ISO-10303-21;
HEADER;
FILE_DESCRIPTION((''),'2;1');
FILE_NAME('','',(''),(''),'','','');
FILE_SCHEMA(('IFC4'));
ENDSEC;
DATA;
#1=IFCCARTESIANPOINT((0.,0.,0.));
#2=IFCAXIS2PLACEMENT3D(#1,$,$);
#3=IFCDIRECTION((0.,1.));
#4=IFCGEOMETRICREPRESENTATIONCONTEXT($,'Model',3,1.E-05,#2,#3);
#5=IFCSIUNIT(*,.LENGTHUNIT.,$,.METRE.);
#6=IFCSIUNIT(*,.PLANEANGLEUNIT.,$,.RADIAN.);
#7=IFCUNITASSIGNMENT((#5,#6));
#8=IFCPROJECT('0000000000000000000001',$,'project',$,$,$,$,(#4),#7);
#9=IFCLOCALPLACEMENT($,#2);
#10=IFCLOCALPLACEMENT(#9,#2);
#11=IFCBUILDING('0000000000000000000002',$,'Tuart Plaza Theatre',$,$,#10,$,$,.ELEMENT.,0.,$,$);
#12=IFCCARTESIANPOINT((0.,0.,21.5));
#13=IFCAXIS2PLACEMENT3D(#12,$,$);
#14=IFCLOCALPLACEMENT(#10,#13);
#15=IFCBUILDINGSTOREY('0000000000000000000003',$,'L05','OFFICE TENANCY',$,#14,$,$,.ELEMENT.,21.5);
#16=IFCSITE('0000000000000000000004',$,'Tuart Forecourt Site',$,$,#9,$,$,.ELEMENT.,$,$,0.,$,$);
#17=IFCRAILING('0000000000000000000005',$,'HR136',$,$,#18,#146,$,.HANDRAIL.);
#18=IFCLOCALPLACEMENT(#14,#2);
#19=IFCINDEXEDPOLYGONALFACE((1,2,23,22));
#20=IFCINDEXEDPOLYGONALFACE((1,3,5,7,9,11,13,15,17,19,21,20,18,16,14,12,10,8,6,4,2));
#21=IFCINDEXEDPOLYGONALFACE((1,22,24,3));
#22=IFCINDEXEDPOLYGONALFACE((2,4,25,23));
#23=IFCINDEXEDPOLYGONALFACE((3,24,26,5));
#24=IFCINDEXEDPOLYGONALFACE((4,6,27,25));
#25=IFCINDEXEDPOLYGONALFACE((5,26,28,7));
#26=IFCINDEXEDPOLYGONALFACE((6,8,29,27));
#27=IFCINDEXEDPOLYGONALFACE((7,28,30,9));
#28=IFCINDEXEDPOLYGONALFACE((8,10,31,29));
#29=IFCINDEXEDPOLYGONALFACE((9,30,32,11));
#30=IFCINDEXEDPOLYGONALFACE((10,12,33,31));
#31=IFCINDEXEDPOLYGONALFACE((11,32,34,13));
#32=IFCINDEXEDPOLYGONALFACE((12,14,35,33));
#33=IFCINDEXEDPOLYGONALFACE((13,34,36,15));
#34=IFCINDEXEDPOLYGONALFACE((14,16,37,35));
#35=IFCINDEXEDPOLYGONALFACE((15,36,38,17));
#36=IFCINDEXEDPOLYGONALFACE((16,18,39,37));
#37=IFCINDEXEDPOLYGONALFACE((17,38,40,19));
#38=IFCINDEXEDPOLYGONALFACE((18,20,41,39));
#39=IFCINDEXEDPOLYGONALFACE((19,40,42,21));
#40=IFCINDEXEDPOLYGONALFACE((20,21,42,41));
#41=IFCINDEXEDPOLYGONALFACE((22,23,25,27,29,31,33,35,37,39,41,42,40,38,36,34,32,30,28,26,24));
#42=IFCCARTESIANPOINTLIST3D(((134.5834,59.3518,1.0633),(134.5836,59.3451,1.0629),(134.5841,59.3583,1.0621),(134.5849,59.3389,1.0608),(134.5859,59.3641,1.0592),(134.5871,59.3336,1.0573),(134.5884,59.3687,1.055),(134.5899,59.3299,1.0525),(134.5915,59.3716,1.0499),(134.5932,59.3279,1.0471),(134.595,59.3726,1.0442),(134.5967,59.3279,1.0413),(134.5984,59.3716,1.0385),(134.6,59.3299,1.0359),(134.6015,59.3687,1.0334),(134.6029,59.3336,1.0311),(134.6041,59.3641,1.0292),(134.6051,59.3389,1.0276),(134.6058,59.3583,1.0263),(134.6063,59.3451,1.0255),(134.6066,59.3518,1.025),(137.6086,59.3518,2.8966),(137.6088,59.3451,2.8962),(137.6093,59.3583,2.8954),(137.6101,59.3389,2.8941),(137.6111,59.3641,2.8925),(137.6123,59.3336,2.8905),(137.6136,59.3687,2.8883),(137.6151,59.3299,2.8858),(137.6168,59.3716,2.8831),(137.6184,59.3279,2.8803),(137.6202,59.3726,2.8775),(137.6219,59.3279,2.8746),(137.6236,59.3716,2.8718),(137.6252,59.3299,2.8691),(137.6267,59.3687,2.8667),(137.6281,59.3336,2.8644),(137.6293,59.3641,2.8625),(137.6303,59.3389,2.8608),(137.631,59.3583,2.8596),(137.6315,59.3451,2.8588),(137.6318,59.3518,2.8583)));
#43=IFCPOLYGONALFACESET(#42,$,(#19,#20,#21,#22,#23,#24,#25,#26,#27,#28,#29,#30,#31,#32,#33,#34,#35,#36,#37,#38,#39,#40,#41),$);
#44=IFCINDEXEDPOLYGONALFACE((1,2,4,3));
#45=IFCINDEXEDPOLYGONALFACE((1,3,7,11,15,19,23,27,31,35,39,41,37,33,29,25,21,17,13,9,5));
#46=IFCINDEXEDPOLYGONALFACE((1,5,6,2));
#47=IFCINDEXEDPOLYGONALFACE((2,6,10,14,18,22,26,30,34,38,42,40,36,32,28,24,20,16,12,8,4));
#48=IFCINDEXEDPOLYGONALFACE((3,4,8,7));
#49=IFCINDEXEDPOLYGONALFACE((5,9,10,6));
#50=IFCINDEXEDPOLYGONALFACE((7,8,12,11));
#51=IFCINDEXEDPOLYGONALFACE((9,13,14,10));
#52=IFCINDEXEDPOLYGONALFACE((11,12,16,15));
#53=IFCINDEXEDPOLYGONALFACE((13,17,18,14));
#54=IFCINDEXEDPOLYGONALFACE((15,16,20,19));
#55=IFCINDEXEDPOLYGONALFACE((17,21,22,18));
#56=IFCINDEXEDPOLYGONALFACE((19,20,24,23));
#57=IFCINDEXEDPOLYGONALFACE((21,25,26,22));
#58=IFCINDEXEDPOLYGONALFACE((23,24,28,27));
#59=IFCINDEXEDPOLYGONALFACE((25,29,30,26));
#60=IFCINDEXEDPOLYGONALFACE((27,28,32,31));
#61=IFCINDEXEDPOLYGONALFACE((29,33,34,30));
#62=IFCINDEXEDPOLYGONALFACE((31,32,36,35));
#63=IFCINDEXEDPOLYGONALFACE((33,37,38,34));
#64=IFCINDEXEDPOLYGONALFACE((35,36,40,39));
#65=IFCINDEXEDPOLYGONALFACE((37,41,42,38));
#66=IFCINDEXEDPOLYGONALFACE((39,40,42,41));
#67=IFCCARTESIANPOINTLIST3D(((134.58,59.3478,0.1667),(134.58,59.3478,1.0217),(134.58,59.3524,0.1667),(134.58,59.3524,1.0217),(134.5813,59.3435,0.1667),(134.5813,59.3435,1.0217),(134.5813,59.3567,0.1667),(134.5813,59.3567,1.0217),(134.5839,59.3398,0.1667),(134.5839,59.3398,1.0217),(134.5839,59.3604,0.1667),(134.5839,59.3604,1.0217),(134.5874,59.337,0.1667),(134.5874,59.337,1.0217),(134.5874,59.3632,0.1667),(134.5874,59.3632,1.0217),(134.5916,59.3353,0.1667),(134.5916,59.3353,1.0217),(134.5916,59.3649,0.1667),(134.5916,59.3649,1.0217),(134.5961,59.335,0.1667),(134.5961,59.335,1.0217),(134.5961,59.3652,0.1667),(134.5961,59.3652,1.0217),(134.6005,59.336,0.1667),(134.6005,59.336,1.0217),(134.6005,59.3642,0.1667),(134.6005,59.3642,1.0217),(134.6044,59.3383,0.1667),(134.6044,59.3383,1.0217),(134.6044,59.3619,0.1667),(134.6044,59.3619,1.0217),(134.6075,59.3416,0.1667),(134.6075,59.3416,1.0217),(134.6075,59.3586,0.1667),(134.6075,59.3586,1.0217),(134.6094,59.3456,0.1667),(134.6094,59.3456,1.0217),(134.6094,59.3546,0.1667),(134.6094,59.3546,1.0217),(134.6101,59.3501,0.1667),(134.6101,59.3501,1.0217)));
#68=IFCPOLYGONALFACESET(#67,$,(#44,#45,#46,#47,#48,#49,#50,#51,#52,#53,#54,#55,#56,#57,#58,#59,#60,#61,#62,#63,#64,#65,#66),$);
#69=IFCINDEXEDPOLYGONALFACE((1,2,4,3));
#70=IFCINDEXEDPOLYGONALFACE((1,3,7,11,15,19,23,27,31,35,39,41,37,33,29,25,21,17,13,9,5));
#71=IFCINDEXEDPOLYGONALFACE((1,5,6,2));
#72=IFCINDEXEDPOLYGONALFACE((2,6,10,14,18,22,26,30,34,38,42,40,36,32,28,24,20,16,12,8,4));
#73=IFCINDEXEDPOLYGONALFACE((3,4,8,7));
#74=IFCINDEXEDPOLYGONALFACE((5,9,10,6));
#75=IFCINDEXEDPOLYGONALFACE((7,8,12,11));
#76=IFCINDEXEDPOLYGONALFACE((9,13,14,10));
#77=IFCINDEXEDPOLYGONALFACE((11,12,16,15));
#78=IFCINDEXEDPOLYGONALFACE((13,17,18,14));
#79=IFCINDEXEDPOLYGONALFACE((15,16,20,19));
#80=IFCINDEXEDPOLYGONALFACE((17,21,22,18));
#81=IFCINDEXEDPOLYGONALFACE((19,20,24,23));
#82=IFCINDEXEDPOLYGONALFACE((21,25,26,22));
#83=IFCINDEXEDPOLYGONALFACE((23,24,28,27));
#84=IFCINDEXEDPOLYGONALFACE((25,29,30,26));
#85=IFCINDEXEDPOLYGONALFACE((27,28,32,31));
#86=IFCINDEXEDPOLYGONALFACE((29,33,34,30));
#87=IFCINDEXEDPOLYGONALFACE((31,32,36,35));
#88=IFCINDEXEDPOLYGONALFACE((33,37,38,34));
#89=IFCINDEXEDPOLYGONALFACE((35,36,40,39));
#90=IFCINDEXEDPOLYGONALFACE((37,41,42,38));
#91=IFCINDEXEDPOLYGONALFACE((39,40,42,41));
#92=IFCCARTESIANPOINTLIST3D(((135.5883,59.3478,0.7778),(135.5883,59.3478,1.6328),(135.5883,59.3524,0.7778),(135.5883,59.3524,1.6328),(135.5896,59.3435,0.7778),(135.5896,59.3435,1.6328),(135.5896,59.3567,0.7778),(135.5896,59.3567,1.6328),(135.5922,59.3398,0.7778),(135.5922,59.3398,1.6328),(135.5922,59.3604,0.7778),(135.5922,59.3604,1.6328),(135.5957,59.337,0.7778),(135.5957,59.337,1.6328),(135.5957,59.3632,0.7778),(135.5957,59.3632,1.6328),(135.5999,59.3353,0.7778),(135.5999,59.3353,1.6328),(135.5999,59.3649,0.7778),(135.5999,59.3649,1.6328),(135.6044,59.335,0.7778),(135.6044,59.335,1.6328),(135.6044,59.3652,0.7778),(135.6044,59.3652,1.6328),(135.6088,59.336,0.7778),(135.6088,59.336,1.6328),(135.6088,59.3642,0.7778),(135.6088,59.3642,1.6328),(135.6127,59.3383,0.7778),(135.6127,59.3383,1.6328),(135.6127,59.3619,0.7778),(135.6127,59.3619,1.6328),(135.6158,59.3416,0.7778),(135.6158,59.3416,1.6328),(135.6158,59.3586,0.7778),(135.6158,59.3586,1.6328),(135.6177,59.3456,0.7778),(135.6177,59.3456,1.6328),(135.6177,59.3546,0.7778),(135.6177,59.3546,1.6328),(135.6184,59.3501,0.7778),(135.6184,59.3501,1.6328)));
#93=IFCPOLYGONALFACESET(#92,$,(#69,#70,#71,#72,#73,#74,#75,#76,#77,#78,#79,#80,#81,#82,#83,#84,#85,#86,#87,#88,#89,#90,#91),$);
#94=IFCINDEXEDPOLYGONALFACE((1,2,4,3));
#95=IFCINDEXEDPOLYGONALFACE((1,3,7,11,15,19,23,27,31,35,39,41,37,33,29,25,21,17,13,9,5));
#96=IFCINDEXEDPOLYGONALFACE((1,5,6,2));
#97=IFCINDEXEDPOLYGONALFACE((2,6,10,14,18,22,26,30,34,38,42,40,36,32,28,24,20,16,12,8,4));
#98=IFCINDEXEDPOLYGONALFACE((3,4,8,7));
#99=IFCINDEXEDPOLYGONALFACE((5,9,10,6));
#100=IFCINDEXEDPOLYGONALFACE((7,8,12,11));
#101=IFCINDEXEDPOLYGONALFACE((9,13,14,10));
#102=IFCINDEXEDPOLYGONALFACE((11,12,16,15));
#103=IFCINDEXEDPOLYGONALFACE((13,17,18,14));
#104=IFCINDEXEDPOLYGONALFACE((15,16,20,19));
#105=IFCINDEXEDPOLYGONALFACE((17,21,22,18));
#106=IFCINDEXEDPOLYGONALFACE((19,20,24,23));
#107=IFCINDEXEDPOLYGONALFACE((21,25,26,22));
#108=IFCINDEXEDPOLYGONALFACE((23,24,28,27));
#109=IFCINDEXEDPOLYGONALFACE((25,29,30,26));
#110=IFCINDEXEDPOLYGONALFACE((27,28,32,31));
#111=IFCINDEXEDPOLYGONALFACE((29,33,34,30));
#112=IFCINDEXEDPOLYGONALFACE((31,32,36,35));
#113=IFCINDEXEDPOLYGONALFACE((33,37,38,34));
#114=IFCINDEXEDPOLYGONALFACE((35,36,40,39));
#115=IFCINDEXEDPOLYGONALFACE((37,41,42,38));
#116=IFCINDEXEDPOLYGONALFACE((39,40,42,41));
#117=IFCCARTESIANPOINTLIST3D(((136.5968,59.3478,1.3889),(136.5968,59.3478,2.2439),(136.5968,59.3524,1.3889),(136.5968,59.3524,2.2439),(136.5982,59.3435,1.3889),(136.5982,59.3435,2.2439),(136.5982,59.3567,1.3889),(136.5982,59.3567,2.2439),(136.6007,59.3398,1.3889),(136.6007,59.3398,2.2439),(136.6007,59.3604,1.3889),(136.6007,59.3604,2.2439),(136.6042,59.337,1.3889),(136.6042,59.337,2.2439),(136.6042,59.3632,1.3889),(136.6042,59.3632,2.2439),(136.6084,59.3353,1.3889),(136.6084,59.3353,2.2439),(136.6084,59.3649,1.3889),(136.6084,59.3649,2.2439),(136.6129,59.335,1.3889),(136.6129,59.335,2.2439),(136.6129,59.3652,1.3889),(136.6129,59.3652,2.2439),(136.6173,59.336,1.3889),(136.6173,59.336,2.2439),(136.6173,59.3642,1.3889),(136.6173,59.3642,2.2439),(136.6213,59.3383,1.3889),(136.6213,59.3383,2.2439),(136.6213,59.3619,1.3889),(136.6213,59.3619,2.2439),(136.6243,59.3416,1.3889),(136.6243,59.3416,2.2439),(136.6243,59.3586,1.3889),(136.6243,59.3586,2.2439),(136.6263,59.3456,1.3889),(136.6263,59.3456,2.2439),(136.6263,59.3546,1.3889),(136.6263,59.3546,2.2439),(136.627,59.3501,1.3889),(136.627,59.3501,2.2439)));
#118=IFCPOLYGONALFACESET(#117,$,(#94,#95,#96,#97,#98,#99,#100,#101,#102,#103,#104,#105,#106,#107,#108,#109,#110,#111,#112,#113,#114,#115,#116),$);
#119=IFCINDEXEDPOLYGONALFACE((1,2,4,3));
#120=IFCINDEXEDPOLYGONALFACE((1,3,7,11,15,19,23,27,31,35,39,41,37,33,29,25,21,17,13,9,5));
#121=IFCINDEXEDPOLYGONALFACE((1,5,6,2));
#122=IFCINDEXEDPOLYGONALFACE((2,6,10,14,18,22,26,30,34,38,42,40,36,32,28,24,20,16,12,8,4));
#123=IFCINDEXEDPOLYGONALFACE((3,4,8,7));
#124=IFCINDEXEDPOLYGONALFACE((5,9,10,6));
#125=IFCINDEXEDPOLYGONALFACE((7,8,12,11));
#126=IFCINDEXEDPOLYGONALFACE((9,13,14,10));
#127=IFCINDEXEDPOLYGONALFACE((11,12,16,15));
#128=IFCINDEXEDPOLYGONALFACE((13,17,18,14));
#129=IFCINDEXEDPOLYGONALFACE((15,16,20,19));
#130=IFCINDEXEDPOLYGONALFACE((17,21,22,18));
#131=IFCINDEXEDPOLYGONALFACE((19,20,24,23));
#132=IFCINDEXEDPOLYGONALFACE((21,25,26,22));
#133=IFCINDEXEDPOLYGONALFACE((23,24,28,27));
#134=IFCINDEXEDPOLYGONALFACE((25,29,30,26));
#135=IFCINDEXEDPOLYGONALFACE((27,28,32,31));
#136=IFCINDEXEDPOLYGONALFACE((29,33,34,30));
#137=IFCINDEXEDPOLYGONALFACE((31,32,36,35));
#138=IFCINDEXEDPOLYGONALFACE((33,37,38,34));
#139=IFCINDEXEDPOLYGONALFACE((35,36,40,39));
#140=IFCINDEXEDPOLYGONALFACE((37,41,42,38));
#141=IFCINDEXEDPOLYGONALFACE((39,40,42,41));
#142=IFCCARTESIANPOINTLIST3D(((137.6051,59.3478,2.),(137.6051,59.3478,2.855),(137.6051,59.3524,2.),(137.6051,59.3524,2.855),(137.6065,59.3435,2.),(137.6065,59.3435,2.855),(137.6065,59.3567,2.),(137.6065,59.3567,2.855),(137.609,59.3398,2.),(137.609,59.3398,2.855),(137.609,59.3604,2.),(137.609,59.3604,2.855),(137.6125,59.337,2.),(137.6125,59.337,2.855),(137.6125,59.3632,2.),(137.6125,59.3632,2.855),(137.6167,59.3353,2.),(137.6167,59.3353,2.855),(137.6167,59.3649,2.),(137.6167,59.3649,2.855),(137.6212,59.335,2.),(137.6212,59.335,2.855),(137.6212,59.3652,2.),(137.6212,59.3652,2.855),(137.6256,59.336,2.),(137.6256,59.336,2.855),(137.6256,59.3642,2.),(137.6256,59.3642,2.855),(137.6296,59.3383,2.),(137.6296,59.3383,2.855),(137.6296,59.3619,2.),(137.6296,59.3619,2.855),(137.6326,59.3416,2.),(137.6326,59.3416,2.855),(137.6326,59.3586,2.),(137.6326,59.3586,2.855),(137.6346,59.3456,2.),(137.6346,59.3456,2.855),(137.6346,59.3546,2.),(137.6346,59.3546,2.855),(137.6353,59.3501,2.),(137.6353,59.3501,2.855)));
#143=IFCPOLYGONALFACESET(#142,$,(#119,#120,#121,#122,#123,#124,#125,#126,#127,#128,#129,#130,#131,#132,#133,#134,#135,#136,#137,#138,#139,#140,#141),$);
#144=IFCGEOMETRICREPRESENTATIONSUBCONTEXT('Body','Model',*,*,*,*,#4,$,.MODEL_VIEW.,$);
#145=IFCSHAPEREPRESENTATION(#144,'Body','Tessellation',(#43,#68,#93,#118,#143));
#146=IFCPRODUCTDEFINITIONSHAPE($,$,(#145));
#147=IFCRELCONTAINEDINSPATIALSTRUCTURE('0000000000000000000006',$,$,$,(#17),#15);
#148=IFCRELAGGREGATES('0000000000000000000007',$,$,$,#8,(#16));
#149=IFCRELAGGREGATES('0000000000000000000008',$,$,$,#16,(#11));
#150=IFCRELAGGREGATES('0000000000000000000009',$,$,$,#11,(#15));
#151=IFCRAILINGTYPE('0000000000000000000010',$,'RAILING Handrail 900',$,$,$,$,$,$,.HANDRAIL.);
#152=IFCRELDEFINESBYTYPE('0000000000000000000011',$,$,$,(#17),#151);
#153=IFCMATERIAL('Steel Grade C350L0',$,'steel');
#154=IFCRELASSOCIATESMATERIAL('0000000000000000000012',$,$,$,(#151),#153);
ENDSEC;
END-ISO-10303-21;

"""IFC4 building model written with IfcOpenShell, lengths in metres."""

from ifc_helpers import new_model, si_unit, direction, frame, origin, origin_2d, place, context, subcontext, project, spatial, circle, extrude, material, type_object, element, save


model = new_model("IFC4")

# Units and contexts
model_context = context("Model", 3, precision=1e-05, world=origin(), true_north=direction((0.0, 1.0)))
body_context = subcontext(model_context, "Body", "Model", "MODEL_VIEW")
ifc_project = project(units=[si_unit("LENGTHUNIT", "METRE"), si_unit("PLANEANGLEUNIT", "RADIAN")], contexts=[model_context])

# Site, building, storey
site_placement = place(None, origin())
site = spatial("IfcSite", under=ifc_project, at=site_placement, Name="Tuart Forecourt Site", CompositionType="ELEMENT", RefElevation=0.0)
building_placement = place(site_placement, origin())
building = spatial("IfcBuilding", under=site, at=building_placement, Name="Tuart Plaza Theatre", CompositionType="ELEMENT", ElevationOfRefHeight=0.0)
storey_placement = place(building_placement, frame((0.0, 0.0, 21.5)))
storey = spatial("IfcBuildingStorey", under=building, at=storey_placement, Name="L05", Description="OFFICE TENANCY", CompositionType="ELEMENT", Elevation=21.5)

# Railing
ifc_material_1 = material(Name="Steel Grade C350L0", Category="steel")
railing_type_1 = type_object("IfcRailingType", Name="RAILING Handrail 900", PredefinedType="HANDRAIL", material=ifc_material_1)
for number, where, name in (
    (1, (134.595, 59.3501, 0.1667), "HR136"),
):
    element("IfcRailing", number, at=place(storey_placement, frame(where)), inside=storey, type_object=railing_type_1, Name=name, PredefinedType="HANDRAIL", context=body_context, shape_type="SweptSolid", body=[
        extrude(circle(Radius=0.0225, at=origin_2d()), frame((0.0, 0.0, 0.8774), z_axis=(0.855219, 0.0, 0.518267), x_axis=(0.0, 1.0, 0.0)), (0.0, 0.0, 1.0), 3.5374),
        extrude(circle(Radius=0.0151, at=origin_2d()), origin(), (0.0, 0.0, 1.0), 0.855),
        extrude(circle(Radius=0.0151, at=origin_2d()), frame((1.0083, 0.0, 0.6111)), (0.0, 0.0, 1.0), 0.855),
        extrude(circle(Radius=0.0151, at=origin_2d()), frame((2.0168, 0.0, 1.2222)), (0.0, 0.0, 1.0), 0.855),
        extrude(circle(Radius=0.0151, at=origin_2d()), frame((3.0251, 0.0, 1.8333)), (0.0, 0.0, 1.0), 0.855),
    ])

save(model, "model.ifc")
